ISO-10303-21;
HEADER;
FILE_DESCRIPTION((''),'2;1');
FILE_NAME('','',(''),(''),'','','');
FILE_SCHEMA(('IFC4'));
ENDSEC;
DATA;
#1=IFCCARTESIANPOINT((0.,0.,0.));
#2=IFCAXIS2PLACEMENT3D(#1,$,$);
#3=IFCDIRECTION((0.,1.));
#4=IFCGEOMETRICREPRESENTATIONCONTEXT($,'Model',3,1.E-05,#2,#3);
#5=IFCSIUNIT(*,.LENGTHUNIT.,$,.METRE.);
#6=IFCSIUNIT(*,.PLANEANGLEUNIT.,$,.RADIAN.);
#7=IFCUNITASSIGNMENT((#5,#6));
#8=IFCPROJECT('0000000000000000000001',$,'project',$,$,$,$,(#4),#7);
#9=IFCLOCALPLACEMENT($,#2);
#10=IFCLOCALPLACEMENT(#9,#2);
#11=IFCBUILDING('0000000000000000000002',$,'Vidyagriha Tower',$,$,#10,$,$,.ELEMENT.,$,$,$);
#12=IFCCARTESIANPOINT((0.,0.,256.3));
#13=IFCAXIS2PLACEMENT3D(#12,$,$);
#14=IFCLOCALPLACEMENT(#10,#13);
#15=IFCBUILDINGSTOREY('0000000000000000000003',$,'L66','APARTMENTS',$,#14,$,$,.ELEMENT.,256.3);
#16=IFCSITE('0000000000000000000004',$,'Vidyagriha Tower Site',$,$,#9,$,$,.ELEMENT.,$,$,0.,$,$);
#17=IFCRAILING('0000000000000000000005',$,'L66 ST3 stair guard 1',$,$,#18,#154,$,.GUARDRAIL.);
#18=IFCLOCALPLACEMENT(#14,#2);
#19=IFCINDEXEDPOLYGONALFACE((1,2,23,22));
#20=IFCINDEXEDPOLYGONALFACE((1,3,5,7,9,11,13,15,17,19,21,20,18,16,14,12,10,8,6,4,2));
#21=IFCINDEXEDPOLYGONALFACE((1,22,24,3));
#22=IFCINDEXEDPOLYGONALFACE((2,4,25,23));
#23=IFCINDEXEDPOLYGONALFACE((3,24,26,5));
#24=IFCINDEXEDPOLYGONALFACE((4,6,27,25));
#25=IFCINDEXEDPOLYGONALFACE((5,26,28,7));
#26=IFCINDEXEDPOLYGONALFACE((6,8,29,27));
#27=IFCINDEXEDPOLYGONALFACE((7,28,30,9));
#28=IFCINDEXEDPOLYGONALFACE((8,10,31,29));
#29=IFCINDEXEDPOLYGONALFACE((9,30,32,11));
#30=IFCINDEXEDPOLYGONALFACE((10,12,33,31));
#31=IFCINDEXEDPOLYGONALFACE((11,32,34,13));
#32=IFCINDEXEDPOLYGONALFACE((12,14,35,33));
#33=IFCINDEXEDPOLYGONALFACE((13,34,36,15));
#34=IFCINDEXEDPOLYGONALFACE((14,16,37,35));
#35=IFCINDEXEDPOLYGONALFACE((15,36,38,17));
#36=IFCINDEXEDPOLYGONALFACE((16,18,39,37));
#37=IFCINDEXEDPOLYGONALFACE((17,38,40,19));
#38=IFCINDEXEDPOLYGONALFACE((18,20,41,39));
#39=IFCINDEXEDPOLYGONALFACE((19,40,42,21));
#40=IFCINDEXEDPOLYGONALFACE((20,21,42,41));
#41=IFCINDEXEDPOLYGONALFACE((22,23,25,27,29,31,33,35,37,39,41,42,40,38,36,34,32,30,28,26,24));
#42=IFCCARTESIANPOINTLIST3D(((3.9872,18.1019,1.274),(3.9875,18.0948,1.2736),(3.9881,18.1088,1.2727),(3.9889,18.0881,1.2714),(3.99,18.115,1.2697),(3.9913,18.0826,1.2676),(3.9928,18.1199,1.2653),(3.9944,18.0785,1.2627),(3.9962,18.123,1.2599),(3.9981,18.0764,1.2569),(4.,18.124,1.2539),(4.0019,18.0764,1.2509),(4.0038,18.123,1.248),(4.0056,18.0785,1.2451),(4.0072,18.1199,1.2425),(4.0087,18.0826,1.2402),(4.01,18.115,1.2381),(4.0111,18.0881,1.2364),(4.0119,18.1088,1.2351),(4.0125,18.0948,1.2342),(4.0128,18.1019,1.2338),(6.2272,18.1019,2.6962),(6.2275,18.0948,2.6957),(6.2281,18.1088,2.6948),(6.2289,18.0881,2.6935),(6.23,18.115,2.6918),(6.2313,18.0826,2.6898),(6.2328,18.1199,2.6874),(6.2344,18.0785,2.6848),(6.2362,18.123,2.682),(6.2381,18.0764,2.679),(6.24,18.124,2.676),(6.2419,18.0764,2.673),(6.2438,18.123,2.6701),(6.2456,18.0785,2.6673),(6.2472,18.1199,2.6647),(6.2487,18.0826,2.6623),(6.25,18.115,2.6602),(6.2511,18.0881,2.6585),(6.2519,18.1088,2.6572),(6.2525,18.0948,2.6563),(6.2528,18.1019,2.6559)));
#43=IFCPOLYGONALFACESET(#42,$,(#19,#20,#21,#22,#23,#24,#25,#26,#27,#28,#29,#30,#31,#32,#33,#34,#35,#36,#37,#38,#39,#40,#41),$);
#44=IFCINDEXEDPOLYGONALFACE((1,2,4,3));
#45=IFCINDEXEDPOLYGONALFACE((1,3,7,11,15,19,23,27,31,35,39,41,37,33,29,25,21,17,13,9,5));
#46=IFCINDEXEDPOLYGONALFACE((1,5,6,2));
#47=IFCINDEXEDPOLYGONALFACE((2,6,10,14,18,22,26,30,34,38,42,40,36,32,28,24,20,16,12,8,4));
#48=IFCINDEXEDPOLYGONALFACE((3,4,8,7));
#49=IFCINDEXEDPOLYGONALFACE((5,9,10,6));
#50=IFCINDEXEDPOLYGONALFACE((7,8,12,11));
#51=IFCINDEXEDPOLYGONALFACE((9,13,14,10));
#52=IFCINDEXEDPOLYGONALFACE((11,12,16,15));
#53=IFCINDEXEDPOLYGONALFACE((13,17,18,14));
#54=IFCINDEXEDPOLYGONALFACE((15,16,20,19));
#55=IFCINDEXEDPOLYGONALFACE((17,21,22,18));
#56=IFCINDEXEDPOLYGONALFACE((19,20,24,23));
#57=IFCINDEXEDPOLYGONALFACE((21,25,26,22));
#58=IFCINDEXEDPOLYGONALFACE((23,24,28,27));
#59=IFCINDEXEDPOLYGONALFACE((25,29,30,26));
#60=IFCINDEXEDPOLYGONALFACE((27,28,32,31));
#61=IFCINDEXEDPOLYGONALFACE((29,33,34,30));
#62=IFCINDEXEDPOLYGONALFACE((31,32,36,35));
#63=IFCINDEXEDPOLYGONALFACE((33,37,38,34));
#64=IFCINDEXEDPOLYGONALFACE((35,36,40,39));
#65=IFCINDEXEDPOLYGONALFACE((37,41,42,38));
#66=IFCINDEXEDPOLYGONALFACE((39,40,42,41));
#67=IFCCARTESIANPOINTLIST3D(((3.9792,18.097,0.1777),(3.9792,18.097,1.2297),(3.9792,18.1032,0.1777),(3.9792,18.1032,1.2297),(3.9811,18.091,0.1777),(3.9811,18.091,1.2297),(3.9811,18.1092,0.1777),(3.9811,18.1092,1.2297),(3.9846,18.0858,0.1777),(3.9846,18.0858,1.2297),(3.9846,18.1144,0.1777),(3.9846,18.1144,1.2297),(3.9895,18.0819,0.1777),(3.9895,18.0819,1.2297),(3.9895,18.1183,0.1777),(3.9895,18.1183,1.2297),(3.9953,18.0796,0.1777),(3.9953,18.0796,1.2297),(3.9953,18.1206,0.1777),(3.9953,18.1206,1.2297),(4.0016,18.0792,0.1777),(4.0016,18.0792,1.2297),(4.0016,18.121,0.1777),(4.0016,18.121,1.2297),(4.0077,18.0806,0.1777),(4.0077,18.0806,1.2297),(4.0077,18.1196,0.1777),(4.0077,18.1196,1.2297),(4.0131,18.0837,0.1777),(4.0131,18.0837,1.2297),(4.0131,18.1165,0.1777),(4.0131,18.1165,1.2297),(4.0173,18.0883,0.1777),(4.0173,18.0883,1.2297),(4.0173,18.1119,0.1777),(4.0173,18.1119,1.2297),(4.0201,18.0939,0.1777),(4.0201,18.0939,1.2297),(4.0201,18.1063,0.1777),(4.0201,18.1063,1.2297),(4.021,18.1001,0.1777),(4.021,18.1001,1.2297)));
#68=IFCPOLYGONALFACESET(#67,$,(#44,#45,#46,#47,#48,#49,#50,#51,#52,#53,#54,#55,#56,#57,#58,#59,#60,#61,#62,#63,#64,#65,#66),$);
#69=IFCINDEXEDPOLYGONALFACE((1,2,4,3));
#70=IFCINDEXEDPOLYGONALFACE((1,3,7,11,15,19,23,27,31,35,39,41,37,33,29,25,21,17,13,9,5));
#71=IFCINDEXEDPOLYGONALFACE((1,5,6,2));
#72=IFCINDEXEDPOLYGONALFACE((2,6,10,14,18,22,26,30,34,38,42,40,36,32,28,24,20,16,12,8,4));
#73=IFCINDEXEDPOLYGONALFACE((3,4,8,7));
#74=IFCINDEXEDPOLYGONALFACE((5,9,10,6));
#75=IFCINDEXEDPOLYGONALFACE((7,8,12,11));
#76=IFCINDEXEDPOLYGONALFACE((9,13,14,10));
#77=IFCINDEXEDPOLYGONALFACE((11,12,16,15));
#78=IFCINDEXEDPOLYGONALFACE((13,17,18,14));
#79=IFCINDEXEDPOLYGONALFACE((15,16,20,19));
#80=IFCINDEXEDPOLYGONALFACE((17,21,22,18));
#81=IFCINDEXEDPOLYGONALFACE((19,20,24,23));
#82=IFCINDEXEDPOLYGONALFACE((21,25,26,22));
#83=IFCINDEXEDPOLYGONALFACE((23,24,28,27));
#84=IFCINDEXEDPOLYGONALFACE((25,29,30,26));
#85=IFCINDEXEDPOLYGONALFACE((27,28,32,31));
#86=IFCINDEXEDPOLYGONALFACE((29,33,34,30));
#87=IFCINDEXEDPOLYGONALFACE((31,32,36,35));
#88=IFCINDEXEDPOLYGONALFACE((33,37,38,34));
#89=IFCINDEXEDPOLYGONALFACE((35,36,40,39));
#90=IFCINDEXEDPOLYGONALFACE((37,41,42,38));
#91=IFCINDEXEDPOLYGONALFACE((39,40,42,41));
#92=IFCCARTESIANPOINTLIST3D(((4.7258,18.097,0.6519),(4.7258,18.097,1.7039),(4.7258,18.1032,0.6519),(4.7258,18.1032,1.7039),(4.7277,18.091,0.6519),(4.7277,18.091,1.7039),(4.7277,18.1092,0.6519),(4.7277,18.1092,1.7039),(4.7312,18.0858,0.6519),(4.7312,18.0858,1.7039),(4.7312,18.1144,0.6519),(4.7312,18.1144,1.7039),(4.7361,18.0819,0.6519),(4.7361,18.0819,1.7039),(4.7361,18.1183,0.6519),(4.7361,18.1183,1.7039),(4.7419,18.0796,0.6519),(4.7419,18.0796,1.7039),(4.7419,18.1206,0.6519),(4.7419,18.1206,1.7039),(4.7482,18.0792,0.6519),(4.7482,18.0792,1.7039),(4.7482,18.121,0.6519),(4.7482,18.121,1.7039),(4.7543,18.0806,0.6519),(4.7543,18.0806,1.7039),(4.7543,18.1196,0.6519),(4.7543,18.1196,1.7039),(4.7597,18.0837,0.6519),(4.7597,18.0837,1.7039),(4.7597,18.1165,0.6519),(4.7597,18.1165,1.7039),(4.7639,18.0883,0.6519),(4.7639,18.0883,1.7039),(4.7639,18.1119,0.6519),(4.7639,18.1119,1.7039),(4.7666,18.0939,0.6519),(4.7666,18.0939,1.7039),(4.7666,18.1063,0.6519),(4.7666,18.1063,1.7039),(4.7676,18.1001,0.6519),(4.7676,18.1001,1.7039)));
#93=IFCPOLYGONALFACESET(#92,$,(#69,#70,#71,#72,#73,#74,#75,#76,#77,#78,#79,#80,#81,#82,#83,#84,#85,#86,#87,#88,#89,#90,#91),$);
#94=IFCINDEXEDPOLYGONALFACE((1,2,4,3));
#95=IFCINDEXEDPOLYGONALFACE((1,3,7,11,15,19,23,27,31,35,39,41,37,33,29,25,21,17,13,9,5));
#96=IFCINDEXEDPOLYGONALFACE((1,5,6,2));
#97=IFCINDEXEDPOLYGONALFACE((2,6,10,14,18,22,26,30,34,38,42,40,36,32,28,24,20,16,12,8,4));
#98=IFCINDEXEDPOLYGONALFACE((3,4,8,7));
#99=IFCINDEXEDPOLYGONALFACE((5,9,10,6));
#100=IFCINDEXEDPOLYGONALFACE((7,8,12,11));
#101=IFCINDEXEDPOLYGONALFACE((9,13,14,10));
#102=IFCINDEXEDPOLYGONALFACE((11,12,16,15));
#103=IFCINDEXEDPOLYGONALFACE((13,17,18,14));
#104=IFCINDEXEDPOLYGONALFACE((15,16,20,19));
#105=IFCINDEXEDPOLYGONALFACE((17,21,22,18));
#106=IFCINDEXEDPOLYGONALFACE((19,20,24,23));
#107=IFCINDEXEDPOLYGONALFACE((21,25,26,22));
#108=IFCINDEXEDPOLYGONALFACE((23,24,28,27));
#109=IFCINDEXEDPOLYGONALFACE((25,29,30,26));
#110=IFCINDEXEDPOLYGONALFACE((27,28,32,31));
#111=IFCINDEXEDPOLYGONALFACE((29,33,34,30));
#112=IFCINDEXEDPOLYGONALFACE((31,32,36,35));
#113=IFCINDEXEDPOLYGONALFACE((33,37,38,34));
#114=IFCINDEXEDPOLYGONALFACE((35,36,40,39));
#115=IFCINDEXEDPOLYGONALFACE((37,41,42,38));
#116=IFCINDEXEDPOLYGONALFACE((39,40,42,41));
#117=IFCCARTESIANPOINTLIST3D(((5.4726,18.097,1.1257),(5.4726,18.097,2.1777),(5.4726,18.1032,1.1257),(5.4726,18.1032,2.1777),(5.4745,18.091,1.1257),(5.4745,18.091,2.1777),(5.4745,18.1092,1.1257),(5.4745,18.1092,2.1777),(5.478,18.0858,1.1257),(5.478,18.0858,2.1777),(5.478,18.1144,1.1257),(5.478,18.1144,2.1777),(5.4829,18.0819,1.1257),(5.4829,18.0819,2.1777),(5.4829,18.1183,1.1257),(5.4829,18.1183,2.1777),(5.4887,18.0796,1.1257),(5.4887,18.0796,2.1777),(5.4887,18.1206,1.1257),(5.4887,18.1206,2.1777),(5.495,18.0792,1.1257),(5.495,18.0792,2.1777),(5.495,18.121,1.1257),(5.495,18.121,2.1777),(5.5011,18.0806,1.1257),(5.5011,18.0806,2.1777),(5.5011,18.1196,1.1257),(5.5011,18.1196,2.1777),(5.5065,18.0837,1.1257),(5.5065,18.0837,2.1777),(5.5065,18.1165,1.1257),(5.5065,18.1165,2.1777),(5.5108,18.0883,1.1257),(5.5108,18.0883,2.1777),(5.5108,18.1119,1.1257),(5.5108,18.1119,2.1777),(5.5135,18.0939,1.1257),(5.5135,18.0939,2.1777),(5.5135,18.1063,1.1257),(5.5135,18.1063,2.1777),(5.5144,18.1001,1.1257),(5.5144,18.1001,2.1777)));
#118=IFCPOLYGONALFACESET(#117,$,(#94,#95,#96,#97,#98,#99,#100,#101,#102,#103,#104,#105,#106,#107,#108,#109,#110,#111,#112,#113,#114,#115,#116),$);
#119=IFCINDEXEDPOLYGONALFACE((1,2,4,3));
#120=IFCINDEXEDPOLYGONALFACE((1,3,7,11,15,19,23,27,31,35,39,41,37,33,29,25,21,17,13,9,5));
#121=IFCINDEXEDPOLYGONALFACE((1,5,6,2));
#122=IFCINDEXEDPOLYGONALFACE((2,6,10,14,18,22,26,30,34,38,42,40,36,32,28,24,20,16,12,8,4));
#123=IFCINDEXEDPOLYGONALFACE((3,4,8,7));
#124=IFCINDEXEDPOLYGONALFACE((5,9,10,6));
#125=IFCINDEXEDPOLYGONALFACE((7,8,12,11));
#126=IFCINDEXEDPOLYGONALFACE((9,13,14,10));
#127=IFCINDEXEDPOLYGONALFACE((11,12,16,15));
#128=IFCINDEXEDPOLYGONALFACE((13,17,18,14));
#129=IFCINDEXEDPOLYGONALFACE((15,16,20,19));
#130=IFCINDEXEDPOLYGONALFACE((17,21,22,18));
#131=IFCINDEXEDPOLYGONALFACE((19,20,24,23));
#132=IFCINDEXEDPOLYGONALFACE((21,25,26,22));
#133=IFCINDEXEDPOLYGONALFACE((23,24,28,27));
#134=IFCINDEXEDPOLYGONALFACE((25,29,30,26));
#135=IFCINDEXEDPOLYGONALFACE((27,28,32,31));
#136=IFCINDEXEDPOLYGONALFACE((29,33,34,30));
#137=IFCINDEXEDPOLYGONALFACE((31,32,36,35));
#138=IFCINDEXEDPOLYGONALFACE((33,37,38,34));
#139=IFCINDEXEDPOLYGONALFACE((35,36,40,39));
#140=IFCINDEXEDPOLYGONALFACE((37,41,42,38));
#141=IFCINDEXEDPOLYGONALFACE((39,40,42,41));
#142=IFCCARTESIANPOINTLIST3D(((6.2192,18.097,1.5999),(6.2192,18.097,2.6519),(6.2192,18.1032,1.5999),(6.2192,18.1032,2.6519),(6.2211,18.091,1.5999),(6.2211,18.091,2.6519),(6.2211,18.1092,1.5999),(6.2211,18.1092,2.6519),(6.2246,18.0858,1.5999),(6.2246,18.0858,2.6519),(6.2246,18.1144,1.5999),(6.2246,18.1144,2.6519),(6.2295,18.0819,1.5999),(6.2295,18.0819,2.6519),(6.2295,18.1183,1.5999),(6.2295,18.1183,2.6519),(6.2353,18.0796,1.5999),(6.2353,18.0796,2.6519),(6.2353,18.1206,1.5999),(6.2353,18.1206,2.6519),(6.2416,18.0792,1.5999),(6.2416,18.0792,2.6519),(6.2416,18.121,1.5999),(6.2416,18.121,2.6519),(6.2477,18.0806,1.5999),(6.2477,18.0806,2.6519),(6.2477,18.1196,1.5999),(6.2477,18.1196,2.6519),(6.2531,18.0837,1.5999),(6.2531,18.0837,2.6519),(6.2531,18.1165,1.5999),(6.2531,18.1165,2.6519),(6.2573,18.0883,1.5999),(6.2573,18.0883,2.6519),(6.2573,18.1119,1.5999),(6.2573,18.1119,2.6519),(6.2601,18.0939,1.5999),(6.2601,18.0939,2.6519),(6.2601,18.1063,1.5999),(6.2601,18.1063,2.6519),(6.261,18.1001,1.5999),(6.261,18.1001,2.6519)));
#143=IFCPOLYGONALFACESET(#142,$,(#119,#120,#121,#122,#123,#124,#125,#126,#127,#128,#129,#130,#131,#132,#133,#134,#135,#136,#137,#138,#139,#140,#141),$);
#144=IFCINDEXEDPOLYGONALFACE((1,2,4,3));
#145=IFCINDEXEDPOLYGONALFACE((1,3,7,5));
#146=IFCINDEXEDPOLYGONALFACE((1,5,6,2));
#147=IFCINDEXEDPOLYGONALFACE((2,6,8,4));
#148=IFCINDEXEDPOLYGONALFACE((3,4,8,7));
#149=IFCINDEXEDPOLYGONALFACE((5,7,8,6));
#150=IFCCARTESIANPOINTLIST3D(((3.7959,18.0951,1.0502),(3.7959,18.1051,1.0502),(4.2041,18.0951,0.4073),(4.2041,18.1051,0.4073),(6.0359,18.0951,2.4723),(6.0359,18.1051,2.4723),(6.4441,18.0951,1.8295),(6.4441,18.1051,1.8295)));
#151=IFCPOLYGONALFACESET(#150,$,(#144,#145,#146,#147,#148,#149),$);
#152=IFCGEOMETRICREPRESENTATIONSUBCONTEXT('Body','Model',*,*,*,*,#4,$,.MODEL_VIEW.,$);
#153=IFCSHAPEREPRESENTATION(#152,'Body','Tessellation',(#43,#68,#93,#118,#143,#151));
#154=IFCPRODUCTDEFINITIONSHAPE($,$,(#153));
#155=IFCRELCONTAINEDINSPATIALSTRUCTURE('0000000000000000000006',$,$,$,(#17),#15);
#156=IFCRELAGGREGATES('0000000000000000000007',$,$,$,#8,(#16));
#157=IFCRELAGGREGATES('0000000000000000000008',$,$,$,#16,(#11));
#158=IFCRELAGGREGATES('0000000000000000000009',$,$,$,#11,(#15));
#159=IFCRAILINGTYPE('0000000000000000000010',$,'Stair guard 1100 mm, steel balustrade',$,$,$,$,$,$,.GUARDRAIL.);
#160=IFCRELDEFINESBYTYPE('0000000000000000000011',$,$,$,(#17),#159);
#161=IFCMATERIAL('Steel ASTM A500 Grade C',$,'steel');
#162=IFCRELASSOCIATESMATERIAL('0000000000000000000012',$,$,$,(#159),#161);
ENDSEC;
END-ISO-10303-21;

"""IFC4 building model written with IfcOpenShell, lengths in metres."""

from ifc_helpers import new_model, si_unit, direction, frame, origin, origin_2d, place, context, subcontext, project, spatial, rectangle, circle, extrude, material, type_object, element, save


model = new_model("IFC4")

# Units and contexts
model_context = context("Model", 3, precision=1e-05, world=origin(), true_north=direction((0.0, 1.0)))
body_context = subcontext(model_context, "Body", "Model", "MODEL_VIEW")
ifc_project = project(units=[si_unit("LENGTHUNIT", "METRE"), si_unit("PLANEANGLEUNIT", "RADIAN")], contexts=[model_context])

# Site, building, storey
site_placement = place(None, origin())
site = spatial("IfcSite", under=ifc_project, at=site_placement, Name="Vidyagriha Tower Site", CompositionType="ELEMENT", RefElevation=0.0)
building_placement = place(site_placement, origin())
building = spatial("IfcBuilding", under=site, at=building_placement, Name="Vidyagriha Tower", CompositionType="ELEMENT")
storey_placement = place(building_placement, frame((0.0, 0.0, 256.3)))
storey = spatial("IfcBuildingStorey", under=building, at=storey_placement, Name="L66", Description="APARTMENTS", CompositionType="ELEMENT", Elevation=256.3)

# Railing
ifc_material_1 = material(Name="Steel ASTM A500 Grade C", Category="steel")
railing_type_1 = type_object("IfcRailingType", Name="Stair guard 1100 mm, steel balustrade", PredefinedType="GUARDRAIL", material=ifc_material_1)
railing_1_placement = place(storey_placement, frame((4.0, 18.1001, 0.1777)))
element("IfcRailing", 1, at=railing_1_placement, inside=storey, type_object=railing_type_1, Name="L66 ST3 stair guard 1", PredefinedType="GUARDRAIL", context=body_context, shape_type="SweptSolid", body=[
    extrude(circle(Radius=0.0239, at=origin_2d()), frame((0.0, 0.0, 1.0762), z_axis=(0.844229, 0.0, 0.535982), x_axis=(0.0, 1.0, 0.0)), (0.0, 0.0, 1.0), 2.6533),
    extrude(circle(Radius=0.021, at=origin_2d()), origin(), (0.0, 0.0, 1.0), 1.052),
    extrude(circle(Radius=0.021, at=origin_2d()), frame((0.7466, 0.0, 0.4741)), (0.0, 0.0, 1.0), 1.052),
    extrude(circle(Radius=0.021, at=origin_2d()), frame((1.4934, 0.0, 0.948)), (0.0, 0.0, 1.0), 1.052),
    extrude(circle(Radius=0.021, at=origin_2d()), frame((2.24, 0.0, 1.4221)), (0.0, 0.0, 1.0), 1.052),
    extrude(rectangle(XDim=0.01, YDim=0.7615, at=origin_2d()), frame((0.0, 0.0, 0.551), z_axis=(0.844229, 0.0, 0.535982), x_axis=(0.0, 1.0, 0.0)), (0.0, 0.0, 1.0), 2.6533),
])

save(model, "model.ifc")
